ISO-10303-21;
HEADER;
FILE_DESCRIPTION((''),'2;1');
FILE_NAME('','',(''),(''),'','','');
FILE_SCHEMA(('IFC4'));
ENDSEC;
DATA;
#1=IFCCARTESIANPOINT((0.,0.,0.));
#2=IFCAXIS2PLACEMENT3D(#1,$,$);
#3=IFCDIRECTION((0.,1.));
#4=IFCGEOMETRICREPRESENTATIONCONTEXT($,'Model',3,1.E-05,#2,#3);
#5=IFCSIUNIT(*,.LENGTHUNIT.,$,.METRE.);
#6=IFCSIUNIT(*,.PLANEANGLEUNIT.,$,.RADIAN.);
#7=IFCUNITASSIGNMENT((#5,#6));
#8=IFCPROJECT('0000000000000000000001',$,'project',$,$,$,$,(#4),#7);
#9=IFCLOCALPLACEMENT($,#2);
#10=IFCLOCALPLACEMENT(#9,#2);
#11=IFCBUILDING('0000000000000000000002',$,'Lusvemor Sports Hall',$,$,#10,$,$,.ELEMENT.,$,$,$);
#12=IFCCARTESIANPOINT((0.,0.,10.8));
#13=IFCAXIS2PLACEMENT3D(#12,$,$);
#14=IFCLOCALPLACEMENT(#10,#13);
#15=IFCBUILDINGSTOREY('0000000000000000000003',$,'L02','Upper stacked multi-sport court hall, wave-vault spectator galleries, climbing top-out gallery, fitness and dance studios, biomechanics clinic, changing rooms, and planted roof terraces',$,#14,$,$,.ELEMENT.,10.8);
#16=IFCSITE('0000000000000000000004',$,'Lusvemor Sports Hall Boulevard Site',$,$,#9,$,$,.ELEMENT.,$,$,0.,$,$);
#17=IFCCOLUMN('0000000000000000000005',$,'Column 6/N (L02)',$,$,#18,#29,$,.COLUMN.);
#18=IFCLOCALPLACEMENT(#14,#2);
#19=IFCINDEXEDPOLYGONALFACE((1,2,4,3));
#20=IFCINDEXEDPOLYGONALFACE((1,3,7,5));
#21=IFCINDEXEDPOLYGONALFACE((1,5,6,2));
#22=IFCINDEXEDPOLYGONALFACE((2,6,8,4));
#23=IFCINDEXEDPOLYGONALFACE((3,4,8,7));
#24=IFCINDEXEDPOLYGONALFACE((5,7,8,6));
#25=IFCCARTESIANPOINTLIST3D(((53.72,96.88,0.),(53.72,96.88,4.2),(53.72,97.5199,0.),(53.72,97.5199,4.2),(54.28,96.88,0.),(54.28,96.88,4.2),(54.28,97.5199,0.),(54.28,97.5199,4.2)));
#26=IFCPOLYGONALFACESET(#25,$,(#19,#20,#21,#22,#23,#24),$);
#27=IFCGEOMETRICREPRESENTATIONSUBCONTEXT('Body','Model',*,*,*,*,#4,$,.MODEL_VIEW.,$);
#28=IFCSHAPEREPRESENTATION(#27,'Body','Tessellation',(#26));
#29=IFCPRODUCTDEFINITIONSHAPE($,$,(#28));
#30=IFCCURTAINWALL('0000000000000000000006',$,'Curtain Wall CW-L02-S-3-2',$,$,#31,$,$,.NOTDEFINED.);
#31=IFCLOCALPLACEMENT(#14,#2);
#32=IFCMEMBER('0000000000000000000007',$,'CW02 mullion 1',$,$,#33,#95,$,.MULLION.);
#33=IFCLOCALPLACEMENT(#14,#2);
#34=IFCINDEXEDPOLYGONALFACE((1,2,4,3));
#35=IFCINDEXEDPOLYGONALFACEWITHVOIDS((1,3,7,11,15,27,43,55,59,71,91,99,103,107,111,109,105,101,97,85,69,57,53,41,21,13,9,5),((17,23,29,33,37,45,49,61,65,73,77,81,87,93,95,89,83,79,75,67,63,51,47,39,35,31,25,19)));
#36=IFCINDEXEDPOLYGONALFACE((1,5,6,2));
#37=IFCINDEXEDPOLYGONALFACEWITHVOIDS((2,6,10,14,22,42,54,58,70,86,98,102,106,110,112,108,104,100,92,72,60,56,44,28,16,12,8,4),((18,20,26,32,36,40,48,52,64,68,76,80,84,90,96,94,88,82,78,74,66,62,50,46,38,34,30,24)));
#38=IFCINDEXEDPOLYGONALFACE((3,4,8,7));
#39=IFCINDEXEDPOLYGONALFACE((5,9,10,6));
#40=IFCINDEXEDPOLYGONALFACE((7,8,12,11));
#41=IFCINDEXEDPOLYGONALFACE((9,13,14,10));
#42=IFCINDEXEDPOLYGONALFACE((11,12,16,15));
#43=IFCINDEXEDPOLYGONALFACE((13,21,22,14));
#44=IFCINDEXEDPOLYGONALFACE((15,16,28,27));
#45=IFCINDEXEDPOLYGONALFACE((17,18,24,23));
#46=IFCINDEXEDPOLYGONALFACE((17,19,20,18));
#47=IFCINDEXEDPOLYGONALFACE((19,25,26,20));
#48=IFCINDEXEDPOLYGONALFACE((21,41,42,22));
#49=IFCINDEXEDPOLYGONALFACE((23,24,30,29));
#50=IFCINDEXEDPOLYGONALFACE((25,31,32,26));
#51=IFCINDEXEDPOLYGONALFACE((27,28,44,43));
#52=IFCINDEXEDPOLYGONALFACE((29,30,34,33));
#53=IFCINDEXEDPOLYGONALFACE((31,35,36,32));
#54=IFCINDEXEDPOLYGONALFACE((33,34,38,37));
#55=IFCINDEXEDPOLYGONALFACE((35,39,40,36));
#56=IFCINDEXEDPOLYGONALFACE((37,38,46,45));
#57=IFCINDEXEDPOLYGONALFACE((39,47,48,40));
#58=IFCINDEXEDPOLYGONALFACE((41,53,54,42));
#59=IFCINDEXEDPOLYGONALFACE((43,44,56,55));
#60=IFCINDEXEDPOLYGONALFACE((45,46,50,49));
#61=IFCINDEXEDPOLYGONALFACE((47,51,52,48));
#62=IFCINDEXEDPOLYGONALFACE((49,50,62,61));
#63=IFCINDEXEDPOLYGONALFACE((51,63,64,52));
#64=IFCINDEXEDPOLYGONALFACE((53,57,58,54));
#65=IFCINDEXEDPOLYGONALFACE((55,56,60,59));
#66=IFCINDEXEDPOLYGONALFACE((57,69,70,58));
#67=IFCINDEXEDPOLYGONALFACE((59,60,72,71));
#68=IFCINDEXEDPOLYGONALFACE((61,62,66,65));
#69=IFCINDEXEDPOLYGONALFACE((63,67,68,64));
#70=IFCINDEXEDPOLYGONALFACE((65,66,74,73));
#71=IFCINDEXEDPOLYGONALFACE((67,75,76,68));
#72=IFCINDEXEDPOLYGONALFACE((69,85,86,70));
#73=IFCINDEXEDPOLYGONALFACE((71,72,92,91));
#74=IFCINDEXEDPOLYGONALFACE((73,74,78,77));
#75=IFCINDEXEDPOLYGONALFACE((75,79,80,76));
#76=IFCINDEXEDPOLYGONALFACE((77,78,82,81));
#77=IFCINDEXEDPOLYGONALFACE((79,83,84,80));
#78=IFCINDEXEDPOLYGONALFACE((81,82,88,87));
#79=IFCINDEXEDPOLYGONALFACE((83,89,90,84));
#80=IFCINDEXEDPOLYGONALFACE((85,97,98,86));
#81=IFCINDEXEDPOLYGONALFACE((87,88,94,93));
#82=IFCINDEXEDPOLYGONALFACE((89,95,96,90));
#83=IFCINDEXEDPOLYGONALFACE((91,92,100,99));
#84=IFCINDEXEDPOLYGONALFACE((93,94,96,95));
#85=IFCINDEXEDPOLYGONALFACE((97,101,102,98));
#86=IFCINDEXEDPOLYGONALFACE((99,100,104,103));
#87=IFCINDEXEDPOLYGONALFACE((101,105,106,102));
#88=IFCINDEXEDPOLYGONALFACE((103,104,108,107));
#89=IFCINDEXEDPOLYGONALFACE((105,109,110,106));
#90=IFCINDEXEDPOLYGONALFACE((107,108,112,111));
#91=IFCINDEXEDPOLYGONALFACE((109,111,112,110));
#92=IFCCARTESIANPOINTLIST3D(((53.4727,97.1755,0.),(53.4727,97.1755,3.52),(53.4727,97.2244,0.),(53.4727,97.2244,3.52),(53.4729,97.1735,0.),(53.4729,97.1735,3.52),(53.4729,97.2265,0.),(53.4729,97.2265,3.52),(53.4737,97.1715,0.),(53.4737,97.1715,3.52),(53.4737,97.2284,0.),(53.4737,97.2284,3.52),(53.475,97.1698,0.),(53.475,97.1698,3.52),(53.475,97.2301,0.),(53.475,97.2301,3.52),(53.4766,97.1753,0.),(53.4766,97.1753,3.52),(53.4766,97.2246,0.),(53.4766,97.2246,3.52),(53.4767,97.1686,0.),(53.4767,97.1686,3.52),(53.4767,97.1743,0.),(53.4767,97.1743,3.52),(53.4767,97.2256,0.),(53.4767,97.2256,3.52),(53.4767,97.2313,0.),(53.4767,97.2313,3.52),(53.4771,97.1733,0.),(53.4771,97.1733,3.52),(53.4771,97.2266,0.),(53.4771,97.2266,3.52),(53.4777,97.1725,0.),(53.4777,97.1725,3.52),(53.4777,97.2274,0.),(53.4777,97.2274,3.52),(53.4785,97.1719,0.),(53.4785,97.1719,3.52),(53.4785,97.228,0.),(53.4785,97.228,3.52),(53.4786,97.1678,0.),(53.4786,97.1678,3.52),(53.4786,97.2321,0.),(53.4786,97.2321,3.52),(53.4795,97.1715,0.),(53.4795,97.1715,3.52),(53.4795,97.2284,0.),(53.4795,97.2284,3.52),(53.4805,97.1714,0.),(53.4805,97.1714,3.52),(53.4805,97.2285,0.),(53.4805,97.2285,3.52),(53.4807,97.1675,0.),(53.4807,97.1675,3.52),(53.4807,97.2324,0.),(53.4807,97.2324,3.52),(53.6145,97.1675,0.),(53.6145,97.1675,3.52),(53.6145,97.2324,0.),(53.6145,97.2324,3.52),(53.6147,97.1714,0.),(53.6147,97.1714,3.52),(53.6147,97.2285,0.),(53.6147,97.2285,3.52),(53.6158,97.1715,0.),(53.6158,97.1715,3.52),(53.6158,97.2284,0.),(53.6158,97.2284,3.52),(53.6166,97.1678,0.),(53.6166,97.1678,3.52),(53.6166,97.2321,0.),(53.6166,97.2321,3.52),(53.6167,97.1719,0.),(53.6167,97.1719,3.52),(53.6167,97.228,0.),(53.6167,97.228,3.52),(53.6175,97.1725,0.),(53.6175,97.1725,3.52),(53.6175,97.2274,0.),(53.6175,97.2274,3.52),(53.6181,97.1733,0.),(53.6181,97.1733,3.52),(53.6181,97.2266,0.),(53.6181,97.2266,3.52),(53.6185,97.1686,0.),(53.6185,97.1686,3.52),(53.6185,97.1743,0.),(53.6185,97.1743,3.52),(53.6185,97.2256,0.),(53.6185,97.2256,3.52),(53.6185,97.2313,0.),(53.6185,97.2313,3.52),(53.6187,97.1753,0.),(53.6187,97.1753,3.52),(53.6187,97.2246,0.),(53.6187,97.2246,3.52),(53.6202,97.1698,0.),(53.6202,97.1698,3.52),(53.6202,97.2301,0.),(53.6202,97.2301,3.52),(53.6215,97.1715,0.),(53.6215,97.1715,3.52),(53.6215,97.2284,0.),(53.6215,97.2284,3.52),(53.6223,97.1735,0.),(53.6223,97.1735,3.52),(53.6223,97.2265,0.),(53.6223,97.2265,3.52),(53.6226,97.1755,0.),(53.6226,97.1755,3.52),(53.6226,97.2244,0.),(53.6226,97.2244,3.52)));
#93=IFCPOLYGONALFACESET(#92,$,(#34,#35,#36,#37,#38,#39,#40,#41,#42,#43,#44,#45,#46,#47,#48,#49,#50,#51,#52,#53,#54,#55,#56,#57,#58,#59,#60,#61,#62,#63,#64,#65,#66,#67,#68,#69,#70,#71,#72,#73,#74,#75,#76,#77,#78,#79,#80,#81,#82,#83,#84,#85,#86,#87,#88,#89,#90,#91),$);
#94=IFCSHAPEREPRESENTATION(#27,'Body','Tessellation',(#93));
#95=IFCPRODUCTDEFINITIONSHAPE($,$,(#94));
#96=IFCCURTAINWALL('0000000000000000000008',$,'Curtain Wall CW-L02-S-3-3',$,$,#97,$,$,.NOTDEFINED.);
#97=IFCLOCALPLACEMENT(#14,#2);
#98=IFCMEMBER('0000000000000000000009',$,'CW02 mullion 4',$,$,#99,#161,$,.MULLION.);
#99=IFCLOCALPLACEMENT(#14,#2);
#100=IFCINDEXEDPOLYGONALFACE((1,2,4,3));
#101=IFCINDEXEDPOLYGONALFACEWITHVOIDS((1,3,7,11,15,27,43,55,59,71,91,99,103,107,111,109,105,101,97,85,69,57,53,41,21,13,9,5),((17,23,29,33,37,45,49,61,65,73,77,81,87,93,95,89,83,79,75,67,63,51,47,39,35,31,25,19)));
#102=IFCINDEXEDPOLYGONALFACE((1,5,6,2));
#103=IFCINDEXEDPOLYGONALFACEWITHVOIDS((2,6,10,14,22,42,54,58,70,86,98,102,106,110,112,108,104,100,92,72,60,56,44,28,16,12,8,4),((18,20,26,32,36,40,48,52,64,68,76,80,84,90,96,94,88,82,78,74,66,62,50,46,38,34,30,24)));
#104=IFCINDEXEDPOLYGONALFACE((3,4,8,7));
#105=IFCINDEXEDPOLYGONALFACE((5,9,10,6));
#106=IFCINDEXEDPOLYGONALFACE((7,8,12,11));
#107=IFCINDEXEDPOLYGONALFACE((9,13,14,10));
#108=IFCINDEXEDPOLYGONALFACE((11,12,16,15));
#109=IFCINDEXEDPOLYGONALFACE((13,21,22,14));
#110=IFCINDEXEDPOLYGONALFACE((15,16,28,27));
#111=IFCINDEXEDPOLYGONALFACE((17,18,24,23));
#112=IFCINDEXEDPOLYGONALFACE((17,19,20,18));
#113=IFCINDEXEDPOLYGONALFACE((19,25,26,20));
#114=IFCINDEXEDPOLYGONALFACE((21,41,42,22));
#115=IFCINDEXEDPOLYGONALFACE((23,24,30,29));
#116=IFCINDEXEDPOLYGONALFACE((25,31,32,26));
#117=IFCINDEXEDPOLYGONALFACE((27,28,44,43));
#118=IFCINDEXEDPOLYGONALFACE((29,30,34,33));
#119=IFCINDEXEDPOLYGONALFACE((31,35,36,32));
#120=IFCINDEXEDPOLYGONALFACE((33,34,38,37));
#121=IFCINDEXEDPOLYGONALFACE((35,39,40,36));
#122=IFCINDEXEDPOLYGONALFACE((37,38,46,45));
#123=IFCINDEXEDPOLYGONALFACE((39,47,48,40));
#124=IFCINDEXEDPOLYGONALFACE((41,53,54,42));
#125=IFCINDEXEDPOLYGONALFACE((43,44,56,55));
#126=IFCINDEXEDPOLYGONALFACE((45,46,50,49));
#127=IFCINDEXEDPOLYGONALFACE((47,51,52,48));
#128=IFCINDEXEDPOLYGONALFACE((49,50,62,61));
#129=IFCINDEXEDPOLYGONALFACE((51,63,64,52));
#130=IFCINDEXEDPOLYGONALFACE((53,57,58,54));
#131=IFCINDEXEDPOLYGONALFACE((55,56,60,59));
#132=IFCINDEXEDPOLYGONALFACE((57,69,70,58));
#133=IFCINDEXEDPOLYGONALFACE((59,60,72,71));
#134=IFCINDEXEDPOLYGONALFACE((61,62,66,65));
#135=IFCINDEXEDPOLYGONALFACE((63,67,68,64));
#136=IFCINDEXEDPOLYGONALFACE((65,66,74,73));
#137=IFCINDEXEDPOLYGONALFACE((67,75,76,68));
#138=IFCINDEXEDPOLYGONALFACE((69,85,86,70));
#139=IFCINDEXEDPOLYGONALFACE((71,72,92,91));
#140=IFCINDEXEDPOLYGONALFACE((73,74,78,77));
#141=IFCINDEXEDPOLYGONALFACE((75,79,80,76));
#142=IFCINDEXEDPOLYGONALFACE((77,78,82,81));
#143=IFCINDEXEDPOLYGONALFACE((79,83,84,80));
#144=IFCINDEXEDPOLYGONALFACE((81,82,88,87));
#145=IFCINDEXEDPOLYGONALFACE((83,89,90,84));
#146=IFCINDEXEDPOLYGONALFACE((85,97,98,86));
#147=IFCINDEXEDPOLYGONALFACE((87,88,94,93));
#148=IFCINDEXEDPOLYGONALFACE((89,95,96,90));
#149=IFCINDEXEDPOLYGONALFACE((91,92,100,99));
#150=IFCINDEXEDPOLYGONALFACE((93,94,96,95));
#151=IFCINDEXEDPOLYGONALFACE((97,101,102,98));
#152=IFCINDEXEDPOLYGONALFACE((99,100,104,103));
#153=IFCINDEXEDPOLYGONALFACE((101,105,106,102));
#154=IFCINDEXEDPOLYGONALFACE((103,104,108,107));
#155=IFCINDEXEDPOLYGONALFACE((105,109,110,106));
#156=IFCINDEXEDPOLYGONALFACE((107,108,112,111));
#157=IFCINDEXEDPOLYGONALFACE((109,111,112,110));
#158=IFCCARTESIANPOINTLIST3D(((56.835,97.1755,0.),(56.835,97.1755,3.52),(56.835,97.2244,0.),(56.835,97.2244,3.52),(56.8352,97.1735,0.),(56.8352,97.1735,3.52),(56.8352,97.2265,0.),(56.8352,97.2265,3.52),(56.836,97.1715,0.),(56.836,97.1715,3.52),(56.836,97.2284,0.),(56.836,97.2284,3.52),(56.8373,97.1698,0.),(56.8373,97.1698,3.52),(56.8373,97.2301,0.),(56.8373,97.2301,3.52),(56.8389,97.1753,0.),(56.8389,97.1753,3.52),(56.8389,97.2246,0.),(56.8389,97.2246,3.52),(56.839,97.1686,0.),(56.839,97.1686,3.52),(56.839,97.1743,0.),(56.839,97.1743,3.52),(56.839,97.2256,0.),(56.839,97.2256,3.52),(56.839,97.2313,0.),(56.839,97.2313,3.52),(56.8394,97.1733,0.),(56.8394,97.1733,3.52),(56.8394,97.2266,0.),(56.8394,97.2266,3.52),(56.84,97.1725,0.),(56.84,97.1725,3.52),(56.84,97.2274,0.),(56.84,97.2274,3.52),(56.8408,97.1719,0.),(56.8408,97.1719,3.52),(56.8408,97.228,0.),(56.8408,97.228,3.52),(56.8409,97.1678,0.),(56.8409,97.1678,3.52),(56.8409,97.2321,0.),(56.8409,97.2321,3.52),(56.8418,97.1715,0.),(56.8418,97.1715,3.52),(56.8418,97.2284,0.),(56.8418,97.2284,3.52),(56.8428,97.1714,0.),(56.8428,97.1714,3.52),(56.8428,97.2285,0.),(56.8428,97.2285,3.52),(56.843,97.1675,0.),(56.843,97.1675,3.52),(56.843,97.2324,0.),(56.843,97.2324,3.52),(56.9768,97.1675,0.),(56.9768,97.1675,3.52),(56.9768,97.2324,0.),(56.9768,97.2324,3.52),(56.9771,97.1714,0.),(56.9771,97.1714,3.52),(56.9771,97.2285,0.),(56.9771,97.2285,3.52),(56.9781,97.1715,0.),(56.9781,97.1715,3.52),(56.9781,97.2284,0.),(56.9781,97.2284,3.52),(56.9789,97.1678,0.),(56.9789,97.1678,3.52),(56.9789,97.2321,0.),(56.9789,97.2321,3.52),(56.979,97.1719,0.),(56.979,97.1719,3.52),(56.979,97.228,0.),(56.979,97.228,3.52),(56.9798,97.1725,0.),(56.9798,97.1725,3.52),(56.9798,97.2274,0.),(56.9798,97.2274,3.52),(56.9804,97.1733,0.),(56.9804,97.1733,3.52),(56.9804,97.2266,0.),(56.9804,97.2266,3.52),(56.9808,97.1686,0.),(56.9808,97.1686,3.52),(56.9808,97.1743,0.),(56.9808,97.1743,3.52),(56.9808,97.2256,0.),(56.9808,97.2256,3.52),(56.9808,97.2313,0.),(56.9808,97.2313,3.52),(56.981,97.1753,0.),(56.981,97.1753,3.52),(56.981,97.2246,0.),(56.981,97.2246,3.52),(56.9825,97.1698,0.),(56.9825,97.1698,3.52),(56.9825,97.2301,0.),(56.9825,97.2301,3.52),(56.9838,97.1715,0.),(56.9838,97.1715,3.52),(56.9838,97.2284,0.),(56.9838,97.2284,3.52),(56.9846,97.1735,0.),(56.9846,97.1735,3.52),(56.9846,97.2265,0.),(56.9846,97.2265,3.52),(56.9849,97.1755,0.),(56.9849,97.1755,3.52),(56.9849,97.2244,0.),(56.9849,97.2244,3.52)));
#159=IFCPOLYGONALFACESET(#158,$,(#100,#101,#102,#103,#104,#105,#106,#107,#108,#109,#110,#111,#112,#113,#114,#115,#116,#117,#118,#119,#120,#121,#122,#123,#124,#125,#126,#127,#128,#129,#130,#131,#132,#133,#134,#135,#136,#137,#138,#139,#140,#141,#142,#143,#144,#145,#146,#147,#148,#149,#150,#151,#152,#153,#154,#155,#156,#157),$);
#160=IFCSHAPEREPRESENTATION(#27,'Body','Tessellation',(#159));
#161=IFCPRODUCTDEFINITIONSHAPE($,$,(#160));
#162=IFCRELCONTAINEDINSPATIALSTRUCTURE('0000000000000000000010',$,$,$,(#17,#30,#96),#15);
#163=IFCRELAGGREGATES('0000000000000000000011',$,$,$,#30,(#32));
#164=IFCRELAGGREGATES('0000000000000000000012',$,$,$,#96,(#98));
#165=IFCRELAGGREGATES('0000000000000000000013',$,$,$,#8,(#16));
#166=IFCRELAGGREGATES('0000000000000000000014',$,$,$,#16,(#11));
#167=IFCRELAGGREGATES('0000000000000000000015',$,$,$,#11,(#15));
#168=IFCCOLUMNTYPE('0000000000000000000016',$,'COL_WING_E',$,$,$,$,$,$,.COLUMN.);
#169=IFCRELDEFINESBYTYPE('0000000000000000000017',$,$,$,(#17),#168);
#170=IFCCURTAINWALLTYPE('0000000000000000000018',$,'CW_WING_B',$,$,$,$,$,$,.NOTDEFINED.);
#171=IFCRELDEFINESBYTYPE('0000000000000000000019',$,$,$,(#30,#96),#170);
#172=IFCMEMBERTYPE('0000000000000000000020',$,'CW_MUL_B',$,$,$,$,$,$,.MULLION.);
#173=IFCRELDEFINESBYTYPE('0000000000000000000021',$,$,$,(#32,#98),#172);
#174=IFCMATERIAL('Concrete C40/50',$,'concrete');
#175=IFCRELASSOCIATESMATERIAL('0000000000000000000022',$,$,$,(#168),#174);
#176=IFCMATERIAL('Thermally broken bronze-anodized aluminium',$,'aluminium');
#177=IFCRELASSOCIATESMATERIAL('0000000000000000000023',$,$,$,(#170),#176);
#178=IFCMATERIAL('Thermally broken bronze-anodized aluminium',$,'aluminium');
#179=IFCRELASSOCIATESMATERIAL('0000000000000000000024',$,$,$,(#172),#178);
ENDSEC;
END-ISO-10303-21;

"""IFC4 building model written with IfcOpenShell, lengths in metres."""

from ifc_helpers import new_model, si_unit, direction, frame, origin, origin_2d, place, context, subcontext, project, spatial, rectangle, hollow_rectangle, extrude, material, material_profile, profile_set, type_object, element, aggregate, save


model = new_model("IFC4")

# Units and contexts
model_context = context("Model", 3, precision=1e-05, world=origin(), true_north=direction((0.0, 1.0)))
body_context = subcontext(model_context, "Body", "Model", "MODEL_VIEW")
ifc_project = project(units=[si_unit("LENGTHUNIT", "METRE"), si_unit("PLANEANGLEUNIT", "RADIAN")], contexts=[model_context])

# Site, building, storey
site_placement = place(None, origin())
site = spatial("IfcSite", under=ifc_project, at=site_placement, Name="Lusvemor Sports Hall Boulevard Site", CompositionType="ELEMENT", RefElevation=0.0)
building_placement = place(site_placement, origin())
building = spatial("IfcBuilding", under=site, at=building_placement, Name="Lusvemor Sports Hall", CompositionType="ELEMENT")
storey_placement = place(building_placement, frame((0.0, 0.0, 10.8)))
storey = spatial("IfcBuildingStorey", under=building, at=storey_placement, Name="L02", Description="Upper stacked multi-sport court hall, wave-vault spectator galleries, climbing top-out gallery, fitness and dance studios, biomechanics clinic, changing rooms, and planted roof terraces", CompositionType="ELEMENT", Elevation=10.8)

# Column
ifc_material_1 = material(Name="Concrete C40/50", Category="concrete")
ifc_material_profile_1 = material_profile(ifc_material_1, rectangle(XDim=0.5601, YDim=0.6399, at=origin_2d()), Name="RC560x640")
ifc_profile_set_1 = profile_set([ifc_material_profile_1], Name="Concrete C40/50")
column_type = type_object("IfcColumnType", Name="COL_WING_E", PredefinedType="COLUMN", material=ifc_profile_set_1)
column_placement = place(storey_placement, frame((54.0, 97.2, 0.0), z_axis=(0.0, 0.0, 1.0), x_axis=(1.0, 0.0, 0.0)))
element("IfcColumn", 1, at=column_placement, inside=storey, type_object=column_type, Name="Column 6/N (L02)", PredefinedType="COLUMN", context=body_context, shape_type="SweptSolid", body=[
    extrude(rectangle(XDim=0.5601, YDim=0.6399, at=origin_2d()), origin(), (0.0, 0.0, 1.0), 4.2),
])

# Curtain wall, member
ifc_material_2 = material(Name="Thermally broken bronze-anodized aluminium", Category="aluminium")
curtain_wall_type = type_object("IfcCurtainWallType", Name="CW_WING_B", PredefinedType="NOTDEFINED", material=ifc_material_2)
curtain_wall_1_placement = place(storey_placement, origin())
curtain_wall_1 = element("IfcCurtainWall", 2, at=curtain_wall_1_placement, inside=storey, type_object=curtain_wall_type, Name="Curtain Wall CW-L02-S-3-2", PredefinedType="NOTDEFINED")
ifc_material_3 = material(Name="Thermally broken bronze-anodized aluminium", Category="aluminium")
ifc_material_profile_2 = material_profile(ifc_material_3, hollow_rectangle(XDim=0.0649, YDim=0.1499, WallThickness=0.0039, InnerFilletRadius=0.0039, OuterFilletRadius=0.0081, at=origin_2d()), Name="CWMUL150x65x4")
ifc_profile_set_2 = profile_set([ifc_material_profile_2], Name="Thermally broken bronze-anodized aluminium")
member_type_1 = type_object("IfcMemberType", Name="CW_MUL_B", PredefinedType="MULLION", material=ifc_profile_set_2)
member_1_placement = place(storey_placement, frame((53.5476, 97.2, 0.0), z_axis=(0.0, 0.0, 1.0), x_axis=(0.0, -1.0, 0.0)))
member_1 = element("IfcMember", 3, at=member_1_placement, type_object=member_type_1, Name="CW02 mullion 1", PredefinedType="MULLION", context=body_context, shape_type="SweptSolid", body=[
    extrude(hollow_rectangle(XDim=0.0649, YDim=0.1499, WallThickness=0.0039, InnerFilletRadius=0.0039, OuterFilletRadius=0.0081, at=origin_2d()), origin(), (0.0, 0.0, 1.0), 3.52),
])

# Curtain wall, member
curtain_wall_2_placement = place(storey_placement, origin())
curtain_wall_2 = element("IfcCurtainWall", 4, at=curtain_wall_2_placement, inside=storey, type_object=curtain_wall_type, Name="Curtain Wall CW-L02-S-3-3", PredefinedType="NOTDEFINED")
member_2_placement = place(storey_placement, frame((56.9099, 97.2, 0.0), z_axis=(0.0, 0.0, 1.0), x_axis=(0.0, -1.0, 0.0)))
member_2 = element("IfcMember", 5, at=member_2_placement, type_object=member_type_1, Name="CW02 mullion 4", PredefinedType="MULLION", context=body_context, shape_type="SweptSolid", body=[
    extrude(hollow_rectangle(XDim=0.0649, YDim=0.1499, WallThickness=0.0039, InnerFilletRadius=0.0039, OuterFilletRadius=0.0081, at=origin_2d()), origin(), (0.0, 0.0, 1.0), 3.52),
])

aggregate(curtain_wall_1, [member_1])
aggregate(curtain_wall_2, [member_2])

save(model, "model.ifc")
